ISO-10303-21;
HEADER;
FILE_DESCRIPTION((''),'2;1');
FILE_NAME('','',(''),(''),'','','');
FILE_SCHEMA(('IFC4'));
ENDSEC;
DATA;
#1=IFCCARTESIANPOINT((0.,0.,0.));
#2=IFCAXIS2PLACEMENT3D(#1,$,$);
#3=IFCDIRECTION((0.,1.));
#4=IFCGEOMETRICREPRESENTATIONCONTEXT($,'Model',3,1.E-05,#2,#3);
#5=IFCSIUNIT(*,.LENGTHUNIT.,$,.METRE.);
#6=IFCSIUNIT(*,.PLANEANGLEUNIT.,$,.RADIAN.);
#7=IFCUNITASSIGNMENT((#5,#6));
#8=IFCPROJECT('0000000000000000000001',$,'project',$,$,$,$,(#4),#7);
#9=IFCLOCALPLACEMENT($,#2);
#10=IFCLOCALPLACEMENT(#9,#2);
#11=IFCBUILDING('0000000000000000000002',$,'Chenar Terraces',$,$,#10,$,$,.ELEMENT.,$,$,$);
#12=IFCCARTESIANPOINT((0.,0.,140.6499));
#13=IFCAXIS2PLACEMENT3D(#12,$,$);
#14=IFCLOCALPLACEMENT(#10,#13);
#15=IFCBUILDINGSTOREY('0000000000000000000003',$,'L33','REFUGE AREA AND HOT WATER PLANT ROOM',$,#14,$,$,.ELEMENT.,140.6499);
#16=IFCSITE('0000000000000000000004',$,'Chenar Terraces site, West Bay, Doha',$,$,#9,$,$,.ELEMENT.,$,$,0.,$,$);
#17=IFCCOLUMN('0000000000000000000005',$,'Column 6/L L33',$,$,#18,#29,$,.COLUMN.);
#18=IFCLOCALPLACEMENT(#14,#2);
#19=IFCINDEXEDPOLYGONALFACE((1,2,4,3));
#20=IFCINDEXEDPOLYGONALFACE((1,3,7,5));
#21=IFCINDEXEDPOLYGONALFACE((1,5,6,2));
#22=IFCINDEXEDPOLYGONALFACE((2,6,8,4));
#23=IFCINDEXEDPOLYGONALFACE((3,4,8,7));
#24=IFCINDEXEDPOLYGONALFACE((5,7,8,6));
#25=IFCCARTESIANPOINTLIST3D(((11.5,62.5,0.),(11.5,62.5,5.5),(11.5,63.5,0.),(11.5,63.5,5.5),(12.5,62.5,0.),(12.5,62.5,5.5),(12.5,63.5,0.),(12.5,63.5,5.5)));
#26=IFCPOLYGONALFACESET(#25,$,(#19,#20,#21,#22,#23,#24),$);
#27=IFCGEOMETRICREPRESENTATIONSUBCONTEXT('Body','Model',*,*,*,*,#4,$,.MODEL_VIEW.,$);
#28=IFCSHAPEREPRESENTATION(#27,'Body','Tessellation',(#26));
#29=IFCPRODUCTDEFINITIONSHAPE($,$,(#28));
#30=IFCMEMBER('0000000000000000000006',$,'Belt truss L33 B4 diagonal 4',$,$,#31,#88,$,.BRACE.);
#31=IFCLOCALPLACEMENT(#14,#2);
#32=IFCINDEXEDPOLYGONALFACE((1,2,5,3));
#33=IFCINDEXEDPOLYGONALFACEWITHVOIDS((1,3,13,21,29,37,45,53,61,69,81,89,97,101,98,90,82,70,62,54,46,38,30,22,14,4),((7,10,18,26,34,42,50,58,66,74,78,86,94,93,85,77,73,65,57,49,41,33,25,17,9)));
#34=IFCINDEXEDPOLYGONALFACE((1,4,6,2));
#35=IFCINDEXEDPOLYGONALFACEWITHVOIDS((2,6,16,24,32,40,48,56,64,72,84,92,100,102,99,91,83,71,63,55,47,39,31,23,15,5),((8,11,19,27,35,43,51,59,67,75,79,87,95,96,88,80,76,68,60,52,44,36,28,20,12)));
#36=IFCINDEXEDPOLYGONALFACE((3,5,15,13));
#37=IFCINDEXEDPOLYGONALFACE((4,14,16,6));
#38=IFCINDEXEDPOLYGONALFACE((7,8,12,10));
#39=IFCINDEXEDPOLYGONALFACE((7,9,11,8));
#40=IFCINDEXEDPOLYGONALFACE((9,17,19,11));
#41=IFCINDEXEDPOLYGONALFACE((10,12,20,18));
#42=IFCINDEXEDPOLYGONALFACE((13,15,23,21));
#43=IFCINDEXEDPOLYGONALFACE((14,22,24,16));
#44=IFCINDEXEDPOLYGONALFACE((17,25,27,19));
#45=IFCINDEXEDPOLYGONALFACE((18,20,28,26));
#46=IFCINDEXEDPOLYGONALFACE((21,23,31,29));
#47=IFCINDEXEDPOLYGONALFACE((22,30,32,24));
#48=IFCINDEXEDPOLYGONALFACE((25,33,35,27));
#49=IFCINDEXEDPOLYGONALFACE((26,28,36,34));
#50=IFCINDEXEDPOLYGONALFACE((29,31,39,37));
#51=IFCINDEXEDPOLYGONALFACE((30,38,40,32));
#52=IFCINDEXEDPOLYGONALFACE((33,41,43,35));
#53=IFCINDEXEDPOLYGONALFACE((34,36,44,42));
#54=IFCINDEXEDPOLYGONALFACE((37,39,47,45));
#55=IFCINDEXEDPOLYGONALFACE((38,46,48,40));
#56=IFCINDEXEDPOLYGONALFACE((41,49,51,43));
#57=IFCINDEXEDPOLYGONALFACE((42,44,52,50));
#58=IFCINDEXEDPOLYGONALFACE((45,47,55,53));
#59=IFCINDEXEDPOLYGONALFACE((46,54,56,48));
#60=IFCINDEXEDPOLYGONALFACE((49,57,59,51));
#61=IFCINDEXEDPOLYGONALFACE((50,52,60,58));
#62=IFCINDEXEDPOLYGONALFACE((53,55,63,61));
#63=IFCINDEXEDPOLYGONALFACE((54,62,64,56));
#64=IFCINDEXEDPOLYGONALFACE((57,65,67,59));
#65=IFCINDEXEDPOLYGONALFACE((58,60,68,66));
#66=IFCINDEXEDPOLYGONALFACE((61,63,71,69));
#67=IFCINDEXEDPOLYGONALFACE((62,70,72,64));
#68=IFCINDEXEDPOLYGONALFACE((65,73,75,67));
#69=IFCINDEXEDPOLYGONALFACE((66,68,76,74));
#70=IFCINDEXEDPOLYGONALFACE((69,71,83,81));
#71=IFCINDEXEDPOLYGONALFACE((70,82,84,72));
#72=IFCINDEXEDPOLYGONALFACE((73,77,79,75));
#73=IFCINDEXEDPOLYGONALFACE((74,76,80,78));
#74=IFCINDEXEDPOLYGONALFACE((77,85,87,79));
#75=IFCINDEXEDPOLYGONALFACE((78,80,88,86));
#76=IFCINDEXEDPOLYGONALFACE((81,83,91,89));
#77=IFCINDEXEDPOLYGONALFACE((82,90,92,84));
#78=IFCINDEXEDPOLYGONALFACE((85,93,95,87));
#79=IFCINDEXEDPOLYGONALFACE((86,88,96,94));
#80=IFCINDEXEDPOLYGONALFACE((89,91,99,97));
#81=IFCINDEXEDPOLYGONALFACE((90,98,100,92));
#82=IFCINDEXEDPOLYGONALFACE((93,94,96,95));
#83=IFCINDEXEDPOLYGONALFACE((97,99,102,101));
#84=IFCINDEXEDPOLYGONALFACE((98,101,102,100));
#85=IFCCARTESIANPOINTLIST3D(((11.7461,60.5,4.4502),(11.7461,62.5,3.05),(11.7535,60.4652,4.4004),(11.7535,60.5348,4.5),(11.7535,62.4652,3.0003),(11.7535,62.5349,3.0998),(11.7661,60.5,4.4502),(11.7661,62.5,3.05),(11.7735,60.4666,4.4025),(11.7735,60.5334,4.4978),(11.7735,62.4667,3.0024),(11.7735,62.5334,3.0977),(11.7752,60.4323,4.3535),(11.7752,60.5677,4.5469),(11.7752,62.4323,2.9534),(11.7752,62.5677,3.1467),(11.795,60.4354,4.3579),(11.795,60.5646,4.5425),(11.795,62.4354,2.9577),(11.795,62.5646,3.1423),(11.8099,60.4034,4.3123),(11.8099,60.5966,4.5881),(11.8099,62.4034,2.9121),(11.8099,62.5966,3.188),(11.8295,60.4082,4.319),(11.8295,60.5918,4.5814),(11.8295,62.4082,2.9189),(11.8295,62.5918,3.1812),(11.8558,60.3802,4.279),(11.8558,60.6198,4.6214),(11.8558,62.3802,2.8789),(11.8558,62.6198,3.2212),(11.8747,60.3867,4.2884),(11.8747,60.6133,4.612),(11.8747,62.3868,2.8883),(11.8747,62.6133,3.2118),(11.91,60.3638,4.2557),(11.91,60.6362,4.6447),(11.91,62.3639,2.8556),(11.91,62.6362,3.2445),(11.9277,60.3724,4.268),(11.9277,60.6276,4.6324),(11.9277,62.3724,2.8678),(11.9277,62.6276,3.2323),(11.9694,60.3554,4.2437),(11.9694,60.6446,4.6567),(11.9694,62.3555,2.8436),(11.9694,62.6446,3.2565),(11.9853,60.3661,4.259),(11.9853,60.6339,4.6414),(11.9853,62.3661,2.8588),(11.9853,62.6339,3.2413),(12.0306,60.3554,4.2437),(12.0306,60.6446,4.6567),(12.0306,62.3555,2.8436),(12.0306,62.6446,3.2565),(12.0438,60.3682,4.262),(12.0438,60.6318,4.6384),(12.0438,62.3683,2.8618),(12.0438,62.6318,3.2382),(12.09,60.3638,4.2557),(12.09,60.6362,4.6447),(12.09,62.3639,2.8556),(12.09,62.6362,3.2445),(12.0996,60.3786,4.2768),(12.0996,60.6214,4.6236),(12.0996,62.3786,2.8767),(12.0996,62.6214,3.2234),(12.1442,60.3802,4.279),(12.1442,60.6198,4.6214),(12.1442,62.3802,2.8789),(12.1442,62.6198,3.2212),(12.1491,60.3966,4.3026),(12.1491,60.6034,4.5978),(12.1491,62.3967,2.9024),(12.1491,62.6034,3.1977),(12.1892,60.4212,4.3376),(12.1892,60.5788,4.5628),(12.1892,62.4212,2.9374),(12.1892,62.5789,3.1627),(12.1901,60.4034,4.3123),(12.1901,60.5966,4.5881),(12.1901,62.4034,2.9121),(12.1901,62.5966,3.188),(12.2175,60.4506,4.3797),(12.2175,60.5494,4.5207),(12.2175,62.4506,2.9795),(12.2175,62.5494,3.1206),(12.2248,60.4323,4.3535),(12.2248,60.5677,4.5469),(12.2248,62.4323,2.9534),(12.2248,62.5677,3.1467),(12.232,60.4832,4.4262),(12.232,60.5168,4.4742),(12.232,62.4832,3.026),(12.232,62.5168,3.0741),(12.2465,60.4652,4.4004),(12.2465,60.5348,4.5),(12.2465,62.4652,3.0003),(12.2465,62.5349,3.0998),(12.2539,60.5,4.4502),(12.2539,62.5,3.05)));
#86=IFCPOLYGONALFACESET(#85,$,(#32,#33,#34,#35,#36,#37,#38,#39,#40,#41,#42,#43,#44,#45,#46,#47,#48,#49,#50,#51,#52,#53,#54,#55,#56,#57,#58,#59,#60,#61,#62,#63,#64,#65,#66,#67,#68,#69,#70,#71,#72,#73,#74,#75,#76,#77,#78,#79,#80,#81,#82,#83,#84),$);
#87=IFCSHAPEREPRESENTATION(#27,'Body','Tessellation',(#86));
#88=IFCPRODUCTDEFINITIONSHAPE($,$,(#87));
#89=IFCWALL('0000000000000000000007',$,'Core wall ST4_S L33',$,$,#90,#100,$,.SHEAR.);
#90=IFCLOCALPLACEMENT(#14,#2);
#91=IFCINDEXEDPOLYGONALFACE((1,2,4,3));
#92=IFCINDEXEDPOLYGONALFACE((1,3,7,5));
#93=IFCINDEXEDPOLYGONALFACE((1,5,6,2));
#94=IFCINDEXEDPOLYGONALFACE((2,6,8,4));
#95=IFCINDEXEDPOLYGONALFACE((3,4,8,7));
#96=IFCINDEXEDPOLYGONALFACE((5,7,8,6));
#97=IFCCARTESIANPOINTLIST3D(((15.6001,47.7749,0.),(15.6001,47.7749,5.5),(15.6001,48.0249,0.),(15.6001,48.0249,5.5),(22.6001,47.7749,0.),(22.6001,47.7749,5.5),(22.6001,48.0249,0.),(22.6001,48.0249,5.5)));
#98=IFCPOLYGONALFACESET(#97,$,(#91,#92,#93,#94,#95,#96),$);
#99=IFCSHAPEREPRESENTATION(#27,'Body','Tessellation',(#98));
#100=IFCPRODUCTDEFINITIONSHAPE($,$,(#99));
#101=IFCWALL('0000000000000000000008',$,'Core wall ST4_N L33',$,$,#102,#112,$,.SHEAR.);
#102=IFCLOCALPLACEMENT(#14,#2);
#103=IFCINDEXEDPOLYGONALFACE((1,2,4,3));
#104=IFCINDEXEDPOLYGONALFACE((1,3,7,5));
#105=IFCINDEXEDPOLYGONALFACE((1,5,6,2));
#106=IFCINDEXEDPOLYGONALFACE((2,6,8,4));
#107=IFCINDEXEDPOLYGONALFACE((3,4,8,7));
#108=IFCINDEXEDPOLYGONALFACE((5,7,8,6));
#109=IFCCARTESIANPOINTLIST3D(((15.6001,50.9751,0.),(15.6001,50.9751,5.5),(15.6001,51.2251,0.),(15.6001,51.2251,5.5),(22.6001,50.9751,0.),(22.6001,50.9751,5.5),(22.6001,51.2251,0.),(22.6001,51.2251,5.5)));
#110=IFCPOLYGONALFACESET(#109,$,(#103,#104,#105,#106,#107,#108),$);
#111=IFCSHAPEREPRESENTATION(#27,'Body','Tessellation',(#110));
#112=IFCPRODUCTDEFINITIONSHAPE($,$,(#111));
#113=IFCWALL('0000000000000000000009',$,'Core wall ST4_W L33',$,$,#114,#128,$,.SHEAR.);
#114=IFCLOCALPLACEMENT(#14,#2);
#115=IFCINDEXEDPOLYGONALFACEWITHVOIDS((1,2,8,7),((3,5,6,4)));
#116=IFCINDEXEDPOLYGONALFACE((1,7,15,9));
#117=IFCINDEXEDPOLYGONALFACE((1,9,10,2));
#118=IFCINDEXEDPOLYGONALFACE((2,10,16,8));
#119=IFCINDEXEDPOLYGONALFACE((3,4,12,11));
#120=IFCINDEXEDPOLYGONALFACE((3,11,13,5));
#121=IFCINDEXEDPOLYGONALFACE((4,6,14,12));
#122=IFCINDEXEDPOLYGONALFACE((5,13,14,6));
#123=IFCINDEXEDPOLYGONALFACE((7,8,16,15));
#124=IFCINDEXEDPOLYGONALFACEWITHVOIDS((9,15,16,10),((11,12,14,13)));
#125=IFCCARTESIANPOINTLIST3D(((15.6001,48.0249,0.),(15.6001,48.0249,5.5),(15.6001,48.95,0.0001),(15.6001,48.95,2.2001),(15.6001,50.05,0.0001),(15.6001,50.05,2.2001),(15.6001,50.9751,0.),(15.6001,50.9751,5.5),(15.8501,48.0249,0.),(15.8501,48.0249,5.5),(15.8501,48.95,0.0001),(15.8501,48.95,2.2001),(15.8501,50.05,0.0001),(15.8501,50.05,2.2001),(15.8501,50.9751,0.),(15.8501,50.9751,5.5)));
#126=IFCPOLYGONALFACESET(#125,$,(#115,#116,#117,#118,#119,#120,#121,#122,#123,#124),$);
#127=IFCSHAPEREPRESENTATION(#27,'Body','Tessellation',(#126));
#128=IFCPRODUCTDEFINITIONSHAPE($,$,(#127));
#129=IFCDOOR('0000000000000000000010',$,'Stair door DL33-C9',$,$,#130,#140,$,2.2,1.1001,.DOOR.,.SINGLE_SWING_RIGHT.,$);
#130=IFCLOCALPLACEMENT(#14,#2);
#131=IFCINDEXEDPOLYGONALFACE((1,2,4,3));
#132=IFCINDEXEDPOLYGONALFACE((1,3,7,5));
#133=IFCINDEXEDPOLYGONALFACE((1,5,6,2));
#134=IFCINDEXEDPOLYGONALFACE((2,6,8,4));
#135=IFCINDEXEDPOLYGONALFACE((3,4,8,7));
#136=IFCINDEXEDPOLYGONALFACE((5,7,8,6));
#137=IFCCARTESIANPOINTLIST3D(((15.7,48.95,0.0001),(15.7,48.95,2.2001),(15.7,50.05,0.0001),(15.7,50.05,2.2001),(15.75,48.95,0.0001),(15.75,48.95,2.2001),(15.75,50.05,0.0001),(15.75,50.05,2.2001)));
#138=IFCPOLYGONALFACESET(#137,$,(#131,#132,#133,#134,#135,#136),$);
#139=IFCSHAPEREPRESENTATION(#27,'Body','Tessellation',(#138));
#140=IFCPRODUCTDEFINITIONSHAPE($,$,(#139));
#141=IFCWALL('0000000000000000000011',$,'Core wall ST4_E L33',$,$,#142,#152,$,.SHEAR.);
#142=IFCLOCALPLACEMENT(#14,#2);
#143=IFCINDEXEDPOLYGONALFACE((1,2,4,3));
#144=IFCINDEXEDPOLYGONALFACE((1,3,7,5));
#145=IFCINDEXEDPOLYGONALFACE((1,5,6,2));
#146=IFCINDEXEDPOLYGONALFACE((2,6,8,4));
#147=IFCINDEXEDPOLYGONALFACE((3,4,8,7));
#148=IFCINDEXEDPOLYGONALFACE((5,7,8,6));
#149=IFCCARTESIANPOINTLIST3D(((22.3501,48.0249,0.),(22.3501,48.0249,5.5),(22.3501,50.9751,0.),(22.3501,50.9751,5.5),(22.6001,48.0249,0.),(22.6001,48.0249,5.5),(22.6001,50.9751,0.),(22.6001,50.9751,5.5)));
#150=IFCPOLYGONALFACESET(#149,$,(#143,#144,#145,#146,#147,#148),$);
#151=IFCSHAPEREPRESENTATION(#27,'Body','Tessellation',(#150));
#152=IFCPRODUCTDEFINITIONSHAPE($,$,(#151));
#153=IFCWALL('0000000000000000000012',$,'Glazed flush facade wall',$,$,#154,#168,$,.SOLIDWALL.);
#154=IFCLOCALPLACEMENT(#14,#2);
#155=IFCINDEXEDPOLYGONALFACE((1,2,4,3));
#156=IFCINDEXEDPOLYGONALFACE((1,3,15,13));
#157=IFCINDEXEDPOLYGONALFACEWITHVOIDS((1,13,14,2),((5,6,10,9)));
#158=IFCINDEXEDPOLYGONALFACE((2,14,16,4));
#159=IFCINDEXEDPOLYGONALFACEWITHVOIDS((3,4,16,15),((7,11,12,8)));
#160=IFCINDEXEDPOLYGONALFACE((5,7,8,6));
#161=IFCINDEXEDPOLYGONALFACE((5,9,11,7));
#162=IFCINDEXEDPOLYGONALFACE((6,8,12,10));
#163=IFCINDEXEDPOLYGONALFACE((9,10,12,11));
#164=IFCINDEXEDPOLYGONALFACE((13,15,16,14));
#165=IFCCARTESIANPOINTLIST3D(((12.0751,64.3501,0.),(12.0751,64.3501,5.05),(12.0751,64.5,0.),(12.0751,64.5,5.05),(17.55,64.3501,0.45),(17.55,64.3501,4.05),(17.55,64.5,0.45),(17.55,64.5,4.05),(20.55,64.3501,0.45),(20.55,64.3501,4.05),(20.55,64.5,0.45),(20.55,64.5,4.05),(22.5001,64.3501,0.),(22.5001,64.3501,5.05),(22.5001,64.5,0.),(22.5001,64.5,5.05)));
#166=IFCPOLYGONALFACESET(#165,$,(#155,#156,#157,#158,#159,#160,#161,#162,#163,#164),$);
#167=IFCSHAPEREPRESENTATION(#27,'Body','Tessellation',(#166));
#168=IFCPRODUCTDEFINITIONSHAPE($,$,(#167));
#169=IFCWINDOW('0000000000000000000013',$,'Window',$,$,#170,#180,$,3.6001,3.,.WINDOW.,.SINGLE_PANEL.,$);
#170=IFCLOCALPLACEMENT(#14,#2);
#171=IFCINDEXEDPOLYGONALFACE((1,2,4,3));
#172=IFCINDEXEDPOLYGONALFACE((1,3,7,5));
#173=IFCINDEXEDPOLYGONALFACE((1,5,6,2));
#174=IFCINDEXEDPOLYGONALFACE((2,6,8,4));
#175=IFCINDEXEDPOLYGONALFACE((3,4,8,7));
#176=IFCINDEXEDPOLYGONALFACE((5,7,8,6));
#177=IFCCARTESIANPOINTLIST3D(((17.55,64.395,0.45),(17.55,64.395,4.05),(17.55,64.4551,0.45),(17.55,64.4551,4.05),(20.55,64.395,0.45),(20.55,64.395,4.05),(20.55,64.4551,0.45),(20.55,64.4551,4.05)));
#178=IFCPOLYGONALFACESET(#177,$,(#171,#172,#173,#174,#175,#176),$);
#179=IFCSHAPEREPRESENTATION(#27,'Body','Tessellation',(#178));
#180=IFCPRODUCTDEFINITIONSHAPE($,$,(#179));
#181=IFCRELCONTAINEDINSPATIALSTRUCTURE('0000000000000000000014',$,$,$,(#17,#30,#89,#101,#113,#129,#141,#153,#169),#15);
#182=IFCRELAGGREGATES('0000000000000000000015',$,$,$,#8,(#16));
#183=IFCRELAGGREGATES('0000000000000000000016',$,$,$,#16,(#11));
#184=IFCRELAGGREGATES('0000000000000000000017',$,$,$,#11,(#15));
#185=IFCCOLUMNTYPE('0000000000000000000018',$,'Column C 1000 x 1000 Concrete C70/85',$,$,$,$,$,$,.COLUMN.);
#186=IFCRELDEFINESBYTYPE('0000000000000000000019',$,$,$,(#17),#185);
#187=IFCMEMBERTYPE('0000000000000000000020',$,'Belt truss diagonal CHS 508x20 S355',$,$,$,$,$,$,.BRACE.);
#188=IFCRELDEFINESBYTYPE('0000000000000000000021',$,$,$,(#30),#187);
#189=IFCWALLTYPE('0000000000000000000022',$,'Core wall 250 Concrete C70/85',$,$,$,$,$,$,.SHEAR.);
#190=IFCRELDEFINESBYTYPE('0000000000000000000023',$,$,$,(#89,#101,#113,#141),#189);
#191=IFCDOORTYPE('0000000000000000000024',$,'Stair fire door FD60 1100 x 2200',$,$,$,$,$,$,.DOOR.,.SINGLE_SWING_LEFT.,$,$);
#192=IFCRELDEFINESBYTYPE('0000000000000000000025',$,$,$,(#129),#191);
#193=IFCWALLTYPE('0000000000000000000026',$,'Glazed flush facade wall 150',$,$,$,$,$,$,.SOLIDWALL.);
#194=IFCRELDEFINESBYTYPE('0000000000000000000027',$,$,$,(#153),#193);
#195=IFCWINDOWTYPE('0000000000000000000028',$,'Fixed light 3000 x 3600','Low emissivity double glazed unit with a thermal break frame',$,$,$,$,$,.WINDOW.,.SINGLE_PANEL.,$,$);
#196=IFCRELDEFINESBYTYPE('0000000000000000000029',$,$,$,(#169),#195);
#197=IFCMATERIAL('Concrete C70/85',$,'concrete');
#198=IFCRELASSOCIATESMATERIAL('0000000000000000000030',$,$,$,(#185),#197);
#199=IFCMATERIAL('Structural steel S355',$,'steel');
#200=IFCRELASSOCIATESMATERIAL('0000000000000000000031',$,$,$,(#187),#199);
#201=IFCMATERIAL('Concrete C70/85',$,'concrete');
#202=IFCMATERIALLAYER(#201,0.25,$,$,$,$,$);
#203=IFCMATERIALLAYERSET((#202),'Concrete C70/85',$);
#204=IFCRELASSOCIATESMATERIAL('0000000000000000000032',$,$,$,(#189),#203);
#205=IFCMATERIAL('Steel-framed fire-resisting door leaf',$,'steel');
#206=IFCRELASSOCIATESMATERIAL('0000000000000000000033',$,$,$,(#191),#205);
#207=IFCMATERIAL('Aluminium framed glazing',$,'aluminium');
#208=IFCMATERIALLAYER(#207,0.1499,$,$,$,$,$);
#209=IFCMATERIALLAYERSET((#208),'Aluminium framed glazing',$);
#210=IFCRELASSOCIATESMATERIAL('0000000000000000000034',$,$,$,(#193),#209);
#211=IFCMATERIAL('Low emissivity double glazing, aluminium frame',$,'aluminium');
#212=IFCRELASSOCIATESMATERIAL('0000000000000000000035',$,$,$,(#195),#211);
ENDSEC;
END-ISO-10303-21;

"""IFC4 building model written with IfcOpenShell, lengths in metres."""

from ifc_helpers import new_model, si_unit, direction, frame, frame_2d, origin, origin_2d, place, context, subcontext, project, spatial, rectangle, hollow_circle, extrude, material, layer, layer_set, material_profile, profile_set, type_object, element, fill, save


model = new_model("IFC4")

# Units and contexts
model_context = context("Model", 3, precision=1e-05, world=origin(), true_north=direction((0.0, 1.0)))
body_context = subcontext(model_context, "Body", "Model", "MODEL_VIEW")
ifc_project = project(units=[si_unit("LENGTHUNIT", "METRE"), si_unit("PLANEANGLEUNIT", "RADIAN")], contexts=[model_context])

# Site, building, storey
site_placement = place(None, origin())
site = spatial("IfcSite", under=ifc_project, at=site_placement, Name="Chenar Terraces site, West Bay, Doha", CompositionType="ELEMENT", RefElevation=0.0)
building_placement = place(site_placement, origin())
building = spatial("IfcBuilding", under=site, at=building_placement, Name="Chenar Terraces", CompositionType="ELEMENT")
storey_placement = place(building_placement, frame((0.0, 0.0, 140.6499)))
storey = spatial("IfcBuildingStorey", under=building, at=storey_placement, Name="L33", Description="REFUGE AREA AND HOT WATER PLANT ROOM", CompositionType="ELEMENT", Elevation=140.6499)

# Column
ifc_material_1 = material(Name="Concrete C70/85", Category="concrete")
ifc_material_profile_1 = material_profile(ifc_material_1, rectangle(XDim=1.0, YDim=1.0, at=origin_2d()), Name="C 1000 x 1000")
ifc_profile_set_1 = profile_set([ifc_material_profile_1], Name="Concrete C70/85")
column_type = type_object("IfcColumnType", Name="Column C 1000 x 1000 Concrete C70/85", PredefinedType="COLUMN", material=ifc_profile_set_1)
column_placement = place(storey_placement, frame((12.0, 63.0, 0.0), z_axis=(0.0, 0.0, 1.0), x_axis=(1.0, 0.0, 0.0)))
element("IfcColumn", 1, at=column_placement, inside=storey, type_object=column_type, Name="Column 6/L L33", PredefinedType="COLUMN", context=body_context, shape_type="SweptSolid", body=[
    extrude(rectangle(XDim=1.0, YDim=1.0, at=origin_2d()), origin(), (0.0, 0.0, 1.0), 5.5),
])

# Member
ifc_material_2 = material(Name="Structural steel S355", Category="steel")
ifc_material_profile_2 = material_profile(ifc_material_2, hollow_circle(Radius=0.2539, WallThickness=0.02, at=origin_2d()), Name="CHS 508x20")
ifc_profile_set_2 = profile_set([ifc_material_profile_2], Name="Structural steel S355")
member_type = type_object("IfcMemberType", Name="Belt truss diagonal CHS 508x20 S355", PredefinedType="BRACE", material=ifc_profile_set_2)
member_placement = place(storey_placement, frame((12.0, 60.5, 4.4502), z_axis=(0.0, 0.819204, -0.573503), x_axis=(-1.0, 0.0, 0.0)))
element("IfcMember", 2, at=member_placement, inside=storey, type_object=member_type, Name="Belt truss L33 B4 diagonal 4", PredefinedType="BRACE", context=body_context, shape_type="SweptSolid", body=[
    extrude(hollow_circle(Radius=0.2539, WallThickness=0.02, at=origin_2d()), origin(), (0.0, 0.0, 1.0), 2.4414),
])

# Walls
ifc_material_3 = material(Name="Concrete C70/85", Category="concrete")
ifc_layer_1 = layer(ifc_material_3, 0.25)
ifc_layer_set_1 = layer_set([ifc_layer_1], Name="Concrete C70/85")
wall_type_1 = type_object("IfcWallType", Name="Core wall 250 Concrete C70/85", PredefinedType="SHEAR", material=ifc_layer_set_1)
for number, where, z_axis, x_axis, name in (
    (3, (15.6001, 47.8999, 0.0), (0.0, 0.0, 1.0), (1.0, 0.0, 0.0), "Core wall ST4_S L33"),
    (4, (15.6001, 51.1001, 0.0), (0.0, 0.0, 1.0), (1.0, 0.0, 0.0), "Core wall ST4_N L33"),
):
    element("IfcWall", number, at=place(storey_placement, frame(where, z_axis=z_axis, x_axis=x_axis)), inside=storey, type_object=wall_type_1, Name=name, PredefinedType="SHEAR", context=body_context, shape_type="SweptSolid", body=[
        extrude(rectangle(XDim=7.0, YDim=0.25, at=frame_2d((3.5, 0.0))), origin(), (0.0, 0.0, 1.0), 5.5),
    ])

# Wall, opening, door
wall_1_placement = place(storey_placement, frame((15.7251, 48.0249, 0.0), z_axis=(0.0, 0.0, 1.0), x_axis=(0.0, 1.0, 0.0)))
wall_1 = element("IfcWall", 5, at=wall_1_placement, inside=storey, type_object=wall_type_1, Name="Core wall ST4_W L33", PredefinedType="SHEAR", context=body_context, shape_type="SweptSolid", body=[
    extrude(rectangle(XDim=2.9502, YDim=0.25, at=frame_2d((1.4751, 0.0))), origin(), (0.0, 0.0, 1.0), 5.5),
])
opening_1_placement = place(wall_1_placement, frame((0.925, 0.0, 0.0)))
opening_1 = element("IfcOpeningElement", 6, at=opening_1_placement, cuts=wall_1, PredefinedType="OPENING", context=body_context, shape_type="SweptSolid", body=[
    extrude(rectangle(XDim=1.1001, YDim=2.2, at=frame_2d((0.55, 1.1001))), frame((0.0, 0.135, 0.0), z_axis=(0.0, -1.0, 0.0), x_axis=(1.0, 0.0, 0.0)), (0.0, 0.0, 1.0), 0.27),
])
ifc_material_4 = material(Name="Steel-framed fire-resisting door leaf", Category="steel")
door_type_1 = type_object("IfcDoorType", Name="Stair fire door FD60 1100 x 2200", OperationType="SINGLE_SWING_LEFT", PredefinedType="DOOR", material=ifc_material_4)
door_1_placement = place(opening_1_placement, frame((1.1001, 0.0, 0.0), z_axis=(0.0, 0.0, 1.0), x_axis=(-1.0, 0.0, 0.0)))
door_1 = element("IfcDoor", 7, at=door_1_placement, inside=storey, type_object=door_type_1, Name="Stair door DL33-C9", OperationType="SINGLE_SWING_RIGHT", OverallHeight=2.2, OverallWidth=1.1001, PredefinedType="DOOR", context=body_context, shape_type="SweptSolid", body=[
    extrude(rectangle(XDim=1.1001, YDim=2.2, at=frame_2d((0.55, 1.1001))), frame((0.0, 0.0249, 0.0), z_axis=(0.0, -1.0, 0.0), x_axis=(1.0, 0.0, 0.0)), (0.0, 0.0, 1.0), 0.05),
])
fill(opening_1, door_1)

# Wall
wall_2_placement = place(storey_placement, frame((22.4751, 48.0249, 0.0), z_axis=(0.0, 0.0, 1.0), x_axis=(0.0, 1.0, 0.0)))
element("IfcWall", 8, at=wall_2_placement, inside=storey, type_object=wall_type_1, Name="Core wall ST4_E L33", PredefinedType="SHEAR", context=body_context, shape_type="SweptSolid", body=[
    extrude(rectangle(XDim=2.9502, YDim=0.25, at=frame_2d((1.4751, 0.0))), origin(), (0.0, 0.0, 1.0), 5.5),
])

# Wall, opening, window
ifc_material_5 = material(Name="Aluminium framed glazing", Category="aluminium")
ifc_layer_2 = layer(ifc_material_5, 0.1499)
ifc_layer_set_2 = layer_set([ifc_layer_2], Name="Aluminium framed glazing")
wall_type_2 = type_object("IfcWallType", Name="Glazed flush facade wall 150", PredefinedType="SOLIDWALL", material=ifc_layer_set_2)
wall_3_placement = place(storey_placement, frame((22.5, 64.425, 0.0), z_axis=(0.0, 0.0, 1.0), x_axis=(-1.0, 0.0, 0.0)))
wall_3 = element("IfcWall", 9, at=wall_3_placement, inside=storey, type_object=wall_type_2, Name="Glazed flush facade wall", PredefinedType="SOLIDWALL", context=body_context, shape_type="SweptSolid", body=[
    extrude(rectangle(XDim=10.425, YDim=0.1499, at=frame_2d((5.2124, 0.0))), origin(), (0.0, 0.0, 1.0), 5.05),
])
opening_2_placement = place(wall_3_placement, frame((1.95, 0.0, 0.45)))
opening_2 = element("IfcOpeningElement", 10, at=opening_2_placement, cuts=wall_3, PredefinedType="OPENING", context=body_context, shape_type="SweptSolid", body=[
    extrude(rectangle(XDim=3.0, YDim=3.6001, at=frame_2d((1.5, 1.8))), frame((0.0, 0.085, 0.0), z_axis=(0.0, -1.0, 0.0), x_axis=(1.0, 0.0, 0.0)), (0.0, 0.0, 1.0), 0.1699),
])
ifc_material_6 = material(Name="Low emissivity double glazing, aluminium frame", Category="aluminium")
window_type = type_object("IfcWindowType", Name="Fixed light 3000 x 3600", Description="Low emissivity double glazed unit with a thermal break frame", PartitioningType="SINGLE_PANEL", PredefinedType="WINDOW", material=ifc_material_6)
window_placement = place(opening_2_placement, origin())
window = element("IfcWindow", 11, at=window_placement, inside=storey, type_object=window_type, Name="Window", OverallHeight=3.6001, OverallWidth=3.0, PartitioningType="SINGLE_PANEL", PredefinedType="WINDOW", context=body_context, shape_type="SweptSolid", body=[
    extrude(rectangle(XDim=3.0, YDim=3.6001, at=frame_2d((1.5, 1.8))), frame((0.0, 0.03, 0.0), z_axis=(0.0, -1.0, 0.0), x_axis=(1.0, 0.0, 0.0)), (0.0, 0.0, 1.0), 0.0601),
])
fill(opening_2, window)

save(model, "model.ifc")
